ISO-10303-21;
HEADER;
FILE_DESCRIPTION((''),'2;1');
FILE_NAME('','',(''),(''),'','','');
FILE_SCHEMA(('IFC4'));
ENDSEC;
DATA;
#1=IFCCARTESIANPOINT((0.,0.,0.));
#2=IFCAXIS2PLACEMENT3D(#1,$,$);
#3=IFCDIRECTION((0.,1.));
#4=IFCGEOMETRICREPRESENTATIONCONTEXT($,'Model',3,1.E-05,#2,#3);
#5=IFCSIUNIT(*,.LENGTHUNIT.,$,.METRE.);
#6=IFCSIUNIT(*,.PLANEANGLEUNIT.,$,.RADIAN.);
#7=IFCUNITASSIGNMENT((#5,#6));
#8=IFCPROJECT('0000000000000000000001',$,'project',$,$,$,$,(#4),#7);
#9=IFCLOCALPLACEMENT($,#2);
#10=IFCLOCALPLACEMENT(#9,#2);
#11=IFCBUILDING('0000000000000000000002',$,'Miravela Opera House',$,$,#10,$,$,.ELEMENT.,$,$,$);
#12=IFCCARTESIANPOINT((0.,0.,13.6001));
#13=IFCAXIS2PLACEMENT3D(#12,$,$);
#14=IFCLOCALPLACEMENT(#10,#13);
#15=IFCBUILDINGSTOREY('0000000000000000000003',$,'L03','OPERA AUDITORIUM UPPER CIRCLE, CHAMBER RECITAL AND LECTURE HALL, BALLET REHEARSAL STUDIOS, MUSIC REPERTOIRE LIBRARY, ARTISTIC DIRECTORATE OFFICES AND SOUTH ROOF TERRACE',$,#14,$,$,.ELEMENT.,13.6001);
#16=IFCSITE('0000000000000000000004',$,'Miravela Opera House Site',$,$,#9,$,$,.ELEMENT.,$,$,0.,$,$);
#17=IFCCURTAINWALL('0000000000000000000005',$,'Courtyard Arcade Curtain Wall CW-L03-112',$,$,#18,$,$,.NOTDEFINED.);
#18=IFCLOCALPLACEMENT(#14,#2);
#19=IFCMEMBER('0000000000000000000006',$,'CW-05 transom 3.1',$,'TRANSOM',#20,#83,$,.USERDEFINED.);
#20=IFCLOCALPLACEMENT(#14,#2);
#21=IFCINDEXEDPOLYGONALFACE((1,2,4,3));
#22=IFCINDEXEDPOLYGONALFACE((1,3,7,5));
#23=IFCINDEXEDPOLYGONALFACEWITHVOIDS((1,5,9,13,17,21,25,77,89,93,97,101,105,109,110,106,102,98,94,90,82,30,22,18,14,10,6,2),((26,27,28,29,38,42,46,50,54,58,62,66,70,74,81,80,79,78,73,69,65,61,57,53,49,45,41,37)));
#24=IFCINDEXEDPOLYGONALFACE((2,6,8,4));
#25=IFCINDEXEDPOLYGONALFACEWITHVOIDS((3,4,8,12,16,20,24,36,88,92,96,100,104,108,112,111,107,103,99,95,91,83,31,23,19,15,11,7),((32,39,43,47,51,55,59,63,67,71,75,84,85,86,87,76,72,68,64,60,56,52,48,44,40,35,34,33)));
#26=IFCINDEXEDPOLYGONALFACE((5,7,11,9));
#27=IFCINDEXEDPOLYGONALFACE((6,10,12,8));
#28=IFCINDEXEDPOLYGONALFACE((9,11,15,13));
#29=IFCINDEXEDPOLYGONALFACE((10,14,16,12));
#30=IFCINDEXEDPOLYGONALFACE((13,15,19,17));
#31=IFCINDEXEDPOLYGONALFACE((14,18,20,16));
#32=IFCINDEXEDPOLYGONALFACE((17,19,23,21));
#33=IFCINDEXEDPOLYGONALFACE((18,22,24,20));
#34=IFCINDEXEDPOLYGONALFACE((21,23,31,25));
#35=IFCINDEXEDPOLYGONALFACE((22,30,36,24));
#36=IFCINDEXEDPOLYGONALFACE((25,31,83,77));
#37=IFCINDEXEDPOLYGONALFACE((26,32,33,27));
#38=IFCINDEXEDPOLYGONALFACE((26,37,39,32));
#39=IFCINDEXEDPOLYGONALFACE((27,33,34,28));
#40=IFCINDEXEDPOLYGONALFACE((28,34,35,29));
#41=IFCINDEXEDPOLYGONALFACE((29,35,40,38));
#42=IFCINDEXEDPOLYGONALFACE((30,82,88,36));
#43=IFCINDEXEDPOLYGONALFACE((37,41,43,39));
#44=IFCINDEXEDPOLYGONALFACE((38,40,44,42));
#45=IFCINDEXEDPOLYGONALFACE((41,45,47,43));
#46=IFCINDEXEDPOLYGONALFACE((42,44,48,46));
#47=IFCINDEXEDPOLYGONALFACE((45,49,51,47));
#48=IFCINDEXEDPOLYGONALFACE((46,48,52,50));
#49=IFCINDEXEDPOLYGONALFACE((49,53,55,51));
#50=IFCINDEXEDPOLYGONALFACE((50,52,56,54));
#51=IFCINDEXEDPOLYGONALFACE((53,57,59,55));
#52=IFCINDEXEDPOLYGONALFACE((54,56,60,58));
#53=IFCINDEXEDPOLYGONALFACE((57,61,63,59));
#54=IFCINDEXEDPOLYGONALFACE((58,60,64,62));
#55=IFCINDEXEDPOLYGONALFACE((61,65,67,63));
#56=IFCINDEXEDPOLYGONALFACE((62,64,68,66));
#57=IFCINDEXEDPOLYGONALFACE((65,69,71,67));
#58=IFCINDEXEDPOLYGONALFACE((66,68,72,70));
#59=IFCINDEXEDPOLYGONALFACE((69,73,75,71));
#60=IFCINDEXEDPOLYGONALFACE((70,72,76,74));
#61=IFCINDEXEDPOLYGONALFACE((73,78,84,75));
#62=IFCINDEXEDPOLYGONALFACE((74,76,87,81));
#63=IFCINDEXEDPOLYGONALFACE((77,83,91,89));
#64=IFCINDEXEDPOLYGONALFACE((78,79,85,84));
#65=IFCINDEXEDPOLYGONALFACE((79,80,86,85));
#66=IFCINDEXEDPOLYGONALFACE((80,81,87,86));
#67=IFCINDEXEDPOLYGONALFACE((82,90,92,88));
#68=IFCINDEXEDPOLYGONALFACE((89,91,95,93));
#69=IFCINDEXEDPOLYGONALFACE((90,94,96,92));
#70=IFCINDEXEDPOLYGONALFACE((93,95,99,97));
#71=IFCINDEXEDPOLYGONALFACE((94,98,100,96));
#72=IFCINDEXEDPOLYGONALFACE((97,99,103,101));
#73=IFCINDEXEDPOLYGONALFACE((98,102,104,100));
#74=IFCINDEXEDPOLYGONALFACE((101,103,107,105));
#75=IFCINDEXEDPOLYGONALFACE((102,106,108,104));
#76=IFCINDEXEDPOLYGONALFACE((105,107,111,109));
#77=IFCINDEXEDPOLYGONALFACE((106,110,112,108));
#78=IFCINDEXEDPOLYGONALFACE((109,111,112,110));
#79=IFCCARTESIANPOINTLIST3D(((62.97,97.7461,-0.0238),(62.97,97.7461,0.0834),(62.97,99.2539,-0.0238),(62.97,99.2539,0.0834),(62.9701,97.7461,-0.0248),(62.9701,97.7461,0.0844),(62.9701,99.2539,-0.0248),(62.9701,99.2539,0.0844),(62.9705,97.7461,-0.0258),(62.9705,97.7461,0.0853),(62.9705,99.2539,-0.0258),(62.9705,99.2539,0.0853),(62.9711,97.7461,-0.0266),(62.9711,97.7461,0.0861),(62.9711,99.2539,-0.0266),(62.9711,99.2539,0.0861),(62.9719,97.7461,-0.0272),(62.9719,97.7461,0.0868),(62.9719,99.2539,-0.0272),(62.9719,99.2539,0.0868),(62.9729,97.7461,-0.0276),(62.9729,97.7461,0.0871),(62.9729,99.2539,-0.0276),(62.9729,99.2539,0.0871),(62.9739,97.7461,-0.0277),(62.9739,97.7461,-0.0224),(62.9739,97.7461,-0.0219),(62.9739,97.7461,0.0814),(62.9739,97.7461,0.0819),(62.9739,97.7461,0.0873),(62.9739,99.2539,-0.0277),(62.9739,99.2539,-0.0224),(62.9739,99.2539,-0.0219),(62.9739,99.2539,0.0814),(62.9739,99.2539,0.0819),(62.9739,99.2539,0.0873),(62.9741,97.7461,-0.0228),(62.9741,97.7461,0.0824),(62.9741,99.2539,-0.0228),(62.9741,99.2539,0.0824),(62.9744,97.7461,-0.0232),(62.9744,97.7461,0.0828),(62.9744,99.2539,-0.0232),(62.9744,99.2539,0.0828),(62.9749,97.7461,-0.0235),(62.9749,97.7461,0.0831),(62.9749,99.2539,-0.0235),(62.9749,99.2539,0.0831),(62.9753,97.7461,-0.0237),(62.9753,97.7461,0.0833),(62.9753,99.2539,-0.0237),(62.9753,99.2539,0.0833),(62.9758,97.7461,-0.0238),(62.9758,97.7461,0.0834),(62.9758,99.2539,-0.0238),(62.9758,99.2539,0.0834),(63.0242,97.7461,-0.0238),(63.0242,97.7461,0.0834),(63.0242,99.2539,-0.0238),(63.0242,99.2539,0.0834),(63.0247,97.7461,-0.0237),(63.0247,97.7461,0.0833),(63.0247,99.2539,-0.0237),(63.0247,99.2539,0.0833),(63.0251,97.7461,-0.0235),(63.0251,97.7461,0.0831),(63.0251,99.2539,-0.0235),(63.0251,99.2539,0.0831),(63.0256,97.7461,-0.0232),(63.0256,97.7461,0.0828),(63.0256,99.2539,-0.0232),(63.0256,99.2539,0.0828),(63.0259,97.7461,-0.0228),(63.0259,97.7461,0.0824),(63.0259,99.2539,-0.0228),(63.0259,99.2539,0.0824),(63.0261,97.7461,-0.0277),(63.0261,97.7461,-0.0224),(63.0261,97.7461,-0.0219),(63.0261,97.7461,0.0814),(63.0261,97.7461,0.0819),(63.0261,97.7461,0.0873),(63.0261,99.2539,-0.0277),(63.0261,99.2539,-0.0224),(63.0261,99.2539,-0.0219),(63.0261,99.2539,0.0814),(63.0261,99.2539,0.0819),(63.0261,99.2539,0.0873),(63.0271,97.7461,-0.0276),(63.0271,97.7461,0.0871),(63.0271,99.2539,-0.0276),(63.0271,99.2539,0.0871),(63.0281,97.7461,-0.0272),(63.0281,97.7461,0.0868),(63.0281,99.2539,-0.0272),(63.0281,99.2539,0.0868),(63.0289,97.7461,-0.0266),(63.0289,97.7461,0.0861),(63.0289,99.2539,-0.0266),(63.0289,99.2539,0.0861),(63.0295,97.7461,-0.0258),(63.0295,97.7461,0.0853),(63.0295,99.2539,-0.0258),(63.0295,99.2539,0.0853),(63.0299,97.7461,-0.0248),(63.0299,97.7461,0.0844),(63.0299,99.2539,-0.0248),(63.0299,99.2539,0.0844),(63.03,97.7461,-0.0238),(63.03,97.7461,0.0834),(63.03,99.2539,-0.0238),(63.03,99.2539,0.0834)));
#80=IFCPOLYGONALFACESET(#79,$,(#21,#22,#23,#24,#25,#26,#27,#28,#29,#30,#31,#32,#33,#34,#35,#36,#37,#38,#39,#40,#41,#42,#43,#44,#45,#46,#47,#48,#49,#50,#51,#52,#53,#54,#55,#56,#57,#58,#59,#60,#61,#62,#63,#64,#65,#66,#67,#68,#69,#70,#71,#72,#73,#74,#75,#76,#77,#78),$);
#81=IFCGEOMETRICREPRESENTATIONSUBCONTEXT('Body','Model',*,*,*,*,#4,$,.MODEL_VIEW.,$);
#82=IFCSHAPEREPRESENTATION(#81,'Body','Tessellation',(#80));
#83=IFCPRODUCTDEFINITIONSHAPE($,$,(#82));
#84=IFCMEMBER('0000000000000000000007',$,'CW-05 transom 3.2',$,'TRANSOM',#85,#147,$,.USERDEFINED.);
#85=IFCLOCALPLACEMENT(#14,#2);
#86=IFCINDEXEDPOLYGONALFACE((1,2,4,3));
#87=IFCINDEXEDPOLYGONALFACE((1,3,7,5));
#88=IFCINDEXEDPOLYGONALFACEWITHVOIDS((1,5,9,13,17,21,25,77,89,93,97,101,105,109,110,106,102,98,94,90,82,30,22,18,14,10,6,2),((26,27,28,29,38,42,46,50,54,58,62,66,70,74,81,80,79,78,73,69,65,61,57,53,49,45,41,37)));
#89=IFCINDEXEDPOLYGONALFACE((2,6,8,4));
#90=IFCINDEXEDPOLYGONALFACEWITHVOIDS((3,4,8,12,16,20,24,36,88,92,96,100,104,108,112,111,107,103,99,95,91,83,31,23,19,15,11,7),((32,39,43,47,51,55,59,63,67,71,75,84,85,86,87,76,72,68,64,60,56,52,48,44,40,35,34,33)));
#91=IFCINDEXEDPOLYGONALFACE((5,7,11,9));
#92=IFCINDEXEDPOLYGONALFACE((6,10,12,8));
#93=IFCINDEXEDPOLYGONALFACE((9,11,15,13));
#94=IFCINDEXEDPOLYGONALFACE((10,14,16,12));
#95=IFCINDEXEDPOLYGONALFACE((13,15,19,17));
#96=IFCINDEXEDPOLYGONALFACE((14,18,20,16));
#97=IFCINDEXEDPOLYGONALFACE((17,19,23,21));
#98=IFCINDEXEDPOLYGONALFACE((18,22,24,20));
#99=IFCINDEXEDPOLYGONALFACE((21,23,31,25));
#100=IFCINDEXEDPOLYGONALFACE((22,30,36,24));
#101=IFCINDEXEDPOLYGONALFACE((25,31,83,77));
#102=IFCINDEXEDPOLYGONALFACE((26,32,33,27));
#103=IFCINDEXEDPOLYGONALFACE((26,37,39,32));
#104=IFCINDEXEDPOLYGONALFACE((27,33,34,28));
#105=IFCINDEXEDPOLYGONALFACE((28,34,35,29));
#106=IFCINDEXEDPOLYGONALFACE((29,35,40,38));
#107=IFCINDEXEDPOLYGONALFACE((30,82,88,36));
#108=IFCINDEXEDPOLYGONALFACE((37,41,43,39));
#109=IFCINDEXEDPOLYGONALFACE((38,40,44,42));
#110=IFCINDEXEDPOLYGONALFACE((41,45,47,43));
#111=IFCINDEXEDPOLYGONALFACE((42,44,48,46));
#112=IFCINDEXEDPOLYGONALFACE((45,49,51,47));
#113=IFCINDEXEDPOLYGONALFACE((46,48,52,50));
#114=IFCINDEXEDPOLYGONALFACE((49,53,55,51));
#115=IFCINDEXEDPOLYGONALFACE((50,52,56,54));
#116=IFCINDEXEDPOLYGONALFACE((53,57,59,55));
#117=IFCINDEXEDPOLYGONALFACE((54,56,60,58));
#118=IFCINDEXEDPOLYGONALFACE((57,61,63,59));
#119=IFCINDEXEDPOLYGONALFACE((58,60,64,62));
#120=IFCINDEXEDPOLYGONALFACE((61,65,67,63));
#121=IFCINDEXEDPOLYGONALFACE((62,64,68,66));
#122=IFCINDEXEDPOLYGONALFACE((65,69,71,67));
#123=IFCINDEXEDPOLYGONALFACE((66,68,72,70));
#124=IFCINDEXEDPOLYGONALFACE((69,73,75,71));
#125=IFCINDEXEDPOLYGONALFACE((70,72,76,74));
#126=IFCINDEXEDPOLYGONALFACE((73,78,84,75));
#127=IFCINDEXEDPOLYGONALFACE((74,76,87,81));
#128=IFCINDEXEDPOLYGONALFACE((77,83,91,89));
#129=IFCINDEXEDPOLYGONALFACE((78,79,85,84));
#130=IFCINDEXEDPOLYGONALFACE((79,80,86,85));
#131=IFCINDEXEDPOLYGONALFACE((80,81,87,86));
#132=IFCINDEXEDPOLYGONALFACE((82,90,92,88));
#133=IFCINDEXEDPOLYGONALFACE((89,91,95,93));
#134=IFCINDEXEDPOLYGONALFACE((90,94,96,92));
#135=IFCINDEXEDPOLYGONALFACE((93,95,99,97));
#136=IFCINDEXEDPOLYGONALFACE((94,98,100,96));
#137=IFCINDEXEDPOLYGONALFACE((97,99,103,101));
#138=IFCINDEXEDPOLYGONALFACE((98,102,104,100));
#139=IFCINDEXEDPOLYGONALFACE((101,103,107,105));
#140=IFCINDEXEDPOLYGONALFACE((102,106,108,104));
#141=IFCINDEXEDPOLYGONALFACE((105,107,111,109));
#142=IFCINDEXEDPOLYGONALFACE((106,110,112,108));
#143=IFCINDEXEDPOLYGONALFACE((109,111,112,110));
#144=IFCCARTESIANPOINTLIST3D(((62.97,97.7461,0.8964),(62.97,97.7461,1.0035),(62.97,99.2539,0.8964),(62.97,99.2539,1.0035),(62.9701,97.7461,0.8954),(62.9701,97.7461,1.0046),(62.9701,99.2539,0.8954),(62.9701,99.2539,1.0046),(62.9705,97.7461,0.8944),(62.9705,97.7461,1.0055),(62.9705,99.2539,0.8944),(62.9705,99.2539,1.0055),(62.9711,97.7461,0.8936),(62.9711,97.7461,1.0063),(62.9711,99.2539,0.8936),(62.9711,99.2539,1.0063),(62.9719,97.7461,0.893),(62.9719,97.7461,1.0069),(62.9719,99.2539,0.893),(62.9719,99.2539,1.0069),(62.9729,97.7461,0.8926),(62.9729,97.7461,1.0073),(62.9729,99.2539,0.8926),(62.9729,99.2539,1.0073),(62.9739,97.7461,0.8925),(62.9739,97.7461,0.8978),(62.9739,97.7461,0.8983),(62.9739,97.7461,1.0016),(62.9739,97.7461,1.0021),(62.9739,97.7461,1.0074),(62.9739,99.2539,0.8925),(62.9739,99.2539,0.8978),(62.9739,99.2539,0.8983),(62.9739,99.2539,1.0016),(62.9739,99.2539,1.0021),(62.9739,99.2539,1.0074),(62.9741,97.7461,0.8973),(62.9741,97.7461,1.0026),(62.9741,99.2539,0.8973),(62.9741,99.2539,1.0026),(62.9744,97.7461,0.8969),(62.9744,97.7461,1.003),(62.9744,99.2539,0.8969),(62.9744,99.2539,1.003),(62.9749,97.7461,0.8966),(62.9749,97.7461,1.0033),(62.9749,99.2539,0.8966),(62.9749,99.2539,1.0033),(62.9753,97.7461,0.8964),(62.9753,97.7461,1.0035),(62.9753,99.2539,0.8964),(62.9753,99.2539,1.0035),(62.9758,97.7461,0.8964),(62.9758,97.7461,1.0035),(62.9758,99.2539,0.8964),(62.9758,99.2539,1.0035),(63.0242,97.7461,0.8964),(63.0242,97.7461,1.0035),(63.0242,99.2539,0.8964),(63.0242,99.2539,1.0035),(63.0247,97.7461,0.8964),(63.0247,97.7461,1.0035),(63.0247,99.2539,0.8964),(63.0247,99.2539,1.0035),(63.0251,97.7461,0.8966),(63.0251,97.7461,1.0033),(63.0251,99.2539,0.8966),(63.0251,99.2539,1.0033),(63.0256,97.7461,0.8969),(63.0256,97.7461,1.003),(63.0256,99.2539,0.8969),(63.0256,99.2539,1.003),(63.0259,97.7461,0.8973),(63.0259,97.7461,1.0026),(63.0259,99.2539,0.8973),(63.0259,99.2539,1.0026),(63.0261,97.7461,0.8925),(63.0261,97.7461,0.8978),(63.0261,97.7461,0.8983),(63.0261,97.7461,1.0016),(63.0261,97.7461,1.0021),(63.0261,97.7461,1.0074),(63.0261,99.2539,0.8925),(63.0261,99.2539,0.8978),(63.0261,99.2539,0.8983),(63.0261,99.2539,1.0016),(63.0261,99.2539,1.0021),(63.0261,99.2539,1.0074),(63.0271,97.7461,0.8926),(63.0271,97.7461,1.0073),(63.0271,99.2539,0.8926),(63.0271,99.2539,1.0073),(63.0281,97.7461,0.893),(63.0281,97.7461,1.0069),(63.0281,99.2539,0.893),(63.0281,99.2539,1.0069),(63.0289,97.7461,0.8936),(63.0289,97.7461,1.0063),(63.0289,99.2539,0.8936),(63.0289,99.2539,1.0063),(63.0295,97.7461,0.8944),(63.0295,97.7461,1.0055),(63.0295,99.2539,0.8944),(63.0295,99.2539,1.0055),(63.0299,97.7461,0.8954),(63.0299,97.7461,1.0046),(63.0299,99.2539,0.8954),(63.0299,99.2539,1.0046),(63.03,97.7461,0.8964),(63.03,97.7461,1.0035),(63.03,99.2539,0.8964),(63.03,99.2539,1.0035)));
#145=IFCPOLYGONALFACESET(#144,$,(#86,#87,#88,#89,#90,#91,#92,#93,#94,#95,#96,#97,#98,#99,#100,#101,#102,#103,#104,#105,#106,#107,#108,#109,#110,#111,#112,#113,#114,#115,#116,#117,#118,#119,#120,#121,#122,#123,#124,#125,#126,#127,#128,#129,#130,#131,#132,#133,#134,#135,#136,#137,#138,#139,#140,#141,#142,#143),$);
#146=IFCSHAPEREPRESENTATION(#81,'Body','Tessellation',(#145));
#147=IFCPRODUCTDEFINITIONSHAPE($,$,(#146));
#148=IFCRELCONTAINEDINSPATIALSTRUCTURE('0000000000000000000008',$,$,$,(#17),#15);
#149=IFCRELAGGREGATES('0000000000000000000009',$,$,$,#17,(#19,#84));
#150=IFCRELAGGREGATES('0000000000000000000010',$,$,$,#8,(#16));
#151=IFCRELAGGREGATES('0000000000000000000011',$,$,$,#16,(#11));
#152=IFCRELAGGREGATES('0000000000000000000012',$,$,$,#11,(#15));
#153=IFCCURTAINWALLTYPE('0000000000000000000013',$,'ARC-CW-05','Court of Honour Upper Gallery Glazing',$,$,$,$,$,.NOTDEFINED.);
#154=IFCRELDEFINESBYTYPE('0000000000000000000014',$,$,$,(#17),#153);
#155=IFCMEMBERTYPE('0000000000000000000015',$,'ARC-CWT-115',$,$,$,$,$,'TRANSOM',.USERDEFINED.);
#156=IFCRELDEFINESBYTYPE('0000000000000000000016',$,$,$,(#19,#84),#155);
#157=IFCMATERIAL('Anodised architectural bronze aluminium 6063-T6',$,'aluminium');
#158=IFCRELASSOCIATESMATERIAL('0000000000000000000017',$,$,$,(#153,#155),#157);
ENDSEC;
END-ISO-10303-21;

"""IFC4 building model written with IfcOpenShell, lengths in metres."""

from ifc_helpers import new_model, si_unit, direction, frame, origin, origin_2d, place, context, subcontext, project, spatial, hollow_rectangle, extrude, material, material_profile, profile_set, type_object, element, aggregate, save


model = new_model("IFC4")

# Units and contexts
model_context = context("Model", 3, precision=1e-05, world=origin(), true_north=direction((0.0, 1.0)))
body_context = subcontext(model_context, "Body", "Model", "MODEL_VIEW")
ifc_project = project(units=[si_unit("LENGTHUNIT", "METRE"), si_unit("PLANEANGLEUNIT", "RADIAN")], contexts=[model_context])

# Site, building, storey
site_placement = place(None, origin())
site = spatial("IfcSite", under=ifc_project, at=site_placement, Name="Miravela Opera House Site", CompositionType="ELEMENT", RefElevation=0.0)
building_placement = place(site_placement, origin())
building = spatial("IfcBuilding", under=site, at=building_placement, Name="Miravela Opera House", CompositionType="ELEMENT")
storey_placement = place(building_placement, frame((0.0, 0.0, 13.6001)))
storey = spatial("IfcBuildingStorey", under=building, at=storey_placement, Name="L03", Description="OPERA AUDITORIUM UPPER CIRCLE, CHAMBER RECITAL AND LECTURE HALL, BALLET REHEARSAL STUDIOS, MUSIC REPERTOIRE LIBRARY, ARTISTIC DIRECTORATE OFFICES AND SOUTH ROOF TERRACE", CompositionType="ELEMENT", Elevation=13.6001)

# Curtain wall, members
ifc_material_1 = material(Name="Anodised architectural bronze aluminium 6063-T6", Category="aluminium")
curtain_wall_type = type_object("IfcCurtainWallType", Name="ARC-CW-05", Description="Court of Honour Upper Gallery Glazing", PredefinedType="NOTDEFINED", material=ifc_material_1)
curtain_wall_placement = place(storey_placement, origin())
curtain_wall = element("IfcCurtainWall", 1, at=curtain_wall_placement, inside=storey, type_object=curtain_wall_type, Name="Courtyard Arcade Curtain Wall CW-L03-112", PredefinedType="NOTDEFINED")
ifc_material_profile_1 = material_profile(ifc_material_1, hollow_rectangle(XDim=0.0601, YDim=0.115, WallThickness=0.0039, InnerFilletRadius=0.002, OuterFilletRadius=0.0039, at=origin_2d()), Name="CWT-60X115")
ifc_profile_set_1 = profile_set([ifc_material_profile_1])
member_type_1 = type_object("IfcMemberType", Name="ARC-CWT-115", ElementType="TRANSOM", PredefinedType="USERDEFINED", material=ifc_profile_set_1)
member_1_placement = place(storey_placement, frame((63.0, 97.7461, 0.0298), z_axis=(0.0, 1.0, 0.0), x_axis=(-1.0, 0.0, 0.0)))
member_1 = element("IfcMember", 2, at=member_1_placement, type_object=member_type_1, Name="CW-05 transom 3.1", ObjectType="TRANSOM", PredefinedType="USERDEFINED", context=body_context, shape_type="SweptSolid", body=[
    extrude(hollow_rectangle(XDim=0.0601, YDim=0.115, WallThickness=0.0039, InnerFilletRadius=0.002, OuterFilletRadius=0.0039, at=origin_2d()), origin(), (0.0, 0.0, 1.0), 1.5078),
])
member_2_placement = place(storey_placement, frame((63.0, 97.7461, 0.95), z_axis=(0.0, 1.0, 0.0), x_axis=(-1.0, 0.0, 0.0)))
member_2 = element("IfcMember", 3, at=member_2_placement, type_object=member_type_1, Name="CW-05 transom 3.2", ObjectType="TRANSOM", PredefinedType="USERDEFINED", context=body_context, shape_type="SweptSolid", body=[
    extrude(hollow_rectangle(XDim=0.0601, YDim=0.115, WallThickness=0.0039, InnerFilletRadius=0.002, OuterFilletRadius=0.0039, at=origin_2d()), origin(), (0.0, 0.0, 1.0), 1.5078),
])

aggregate(curtain_wall, [member_1, member_2])

save(model, "model.ifc")
